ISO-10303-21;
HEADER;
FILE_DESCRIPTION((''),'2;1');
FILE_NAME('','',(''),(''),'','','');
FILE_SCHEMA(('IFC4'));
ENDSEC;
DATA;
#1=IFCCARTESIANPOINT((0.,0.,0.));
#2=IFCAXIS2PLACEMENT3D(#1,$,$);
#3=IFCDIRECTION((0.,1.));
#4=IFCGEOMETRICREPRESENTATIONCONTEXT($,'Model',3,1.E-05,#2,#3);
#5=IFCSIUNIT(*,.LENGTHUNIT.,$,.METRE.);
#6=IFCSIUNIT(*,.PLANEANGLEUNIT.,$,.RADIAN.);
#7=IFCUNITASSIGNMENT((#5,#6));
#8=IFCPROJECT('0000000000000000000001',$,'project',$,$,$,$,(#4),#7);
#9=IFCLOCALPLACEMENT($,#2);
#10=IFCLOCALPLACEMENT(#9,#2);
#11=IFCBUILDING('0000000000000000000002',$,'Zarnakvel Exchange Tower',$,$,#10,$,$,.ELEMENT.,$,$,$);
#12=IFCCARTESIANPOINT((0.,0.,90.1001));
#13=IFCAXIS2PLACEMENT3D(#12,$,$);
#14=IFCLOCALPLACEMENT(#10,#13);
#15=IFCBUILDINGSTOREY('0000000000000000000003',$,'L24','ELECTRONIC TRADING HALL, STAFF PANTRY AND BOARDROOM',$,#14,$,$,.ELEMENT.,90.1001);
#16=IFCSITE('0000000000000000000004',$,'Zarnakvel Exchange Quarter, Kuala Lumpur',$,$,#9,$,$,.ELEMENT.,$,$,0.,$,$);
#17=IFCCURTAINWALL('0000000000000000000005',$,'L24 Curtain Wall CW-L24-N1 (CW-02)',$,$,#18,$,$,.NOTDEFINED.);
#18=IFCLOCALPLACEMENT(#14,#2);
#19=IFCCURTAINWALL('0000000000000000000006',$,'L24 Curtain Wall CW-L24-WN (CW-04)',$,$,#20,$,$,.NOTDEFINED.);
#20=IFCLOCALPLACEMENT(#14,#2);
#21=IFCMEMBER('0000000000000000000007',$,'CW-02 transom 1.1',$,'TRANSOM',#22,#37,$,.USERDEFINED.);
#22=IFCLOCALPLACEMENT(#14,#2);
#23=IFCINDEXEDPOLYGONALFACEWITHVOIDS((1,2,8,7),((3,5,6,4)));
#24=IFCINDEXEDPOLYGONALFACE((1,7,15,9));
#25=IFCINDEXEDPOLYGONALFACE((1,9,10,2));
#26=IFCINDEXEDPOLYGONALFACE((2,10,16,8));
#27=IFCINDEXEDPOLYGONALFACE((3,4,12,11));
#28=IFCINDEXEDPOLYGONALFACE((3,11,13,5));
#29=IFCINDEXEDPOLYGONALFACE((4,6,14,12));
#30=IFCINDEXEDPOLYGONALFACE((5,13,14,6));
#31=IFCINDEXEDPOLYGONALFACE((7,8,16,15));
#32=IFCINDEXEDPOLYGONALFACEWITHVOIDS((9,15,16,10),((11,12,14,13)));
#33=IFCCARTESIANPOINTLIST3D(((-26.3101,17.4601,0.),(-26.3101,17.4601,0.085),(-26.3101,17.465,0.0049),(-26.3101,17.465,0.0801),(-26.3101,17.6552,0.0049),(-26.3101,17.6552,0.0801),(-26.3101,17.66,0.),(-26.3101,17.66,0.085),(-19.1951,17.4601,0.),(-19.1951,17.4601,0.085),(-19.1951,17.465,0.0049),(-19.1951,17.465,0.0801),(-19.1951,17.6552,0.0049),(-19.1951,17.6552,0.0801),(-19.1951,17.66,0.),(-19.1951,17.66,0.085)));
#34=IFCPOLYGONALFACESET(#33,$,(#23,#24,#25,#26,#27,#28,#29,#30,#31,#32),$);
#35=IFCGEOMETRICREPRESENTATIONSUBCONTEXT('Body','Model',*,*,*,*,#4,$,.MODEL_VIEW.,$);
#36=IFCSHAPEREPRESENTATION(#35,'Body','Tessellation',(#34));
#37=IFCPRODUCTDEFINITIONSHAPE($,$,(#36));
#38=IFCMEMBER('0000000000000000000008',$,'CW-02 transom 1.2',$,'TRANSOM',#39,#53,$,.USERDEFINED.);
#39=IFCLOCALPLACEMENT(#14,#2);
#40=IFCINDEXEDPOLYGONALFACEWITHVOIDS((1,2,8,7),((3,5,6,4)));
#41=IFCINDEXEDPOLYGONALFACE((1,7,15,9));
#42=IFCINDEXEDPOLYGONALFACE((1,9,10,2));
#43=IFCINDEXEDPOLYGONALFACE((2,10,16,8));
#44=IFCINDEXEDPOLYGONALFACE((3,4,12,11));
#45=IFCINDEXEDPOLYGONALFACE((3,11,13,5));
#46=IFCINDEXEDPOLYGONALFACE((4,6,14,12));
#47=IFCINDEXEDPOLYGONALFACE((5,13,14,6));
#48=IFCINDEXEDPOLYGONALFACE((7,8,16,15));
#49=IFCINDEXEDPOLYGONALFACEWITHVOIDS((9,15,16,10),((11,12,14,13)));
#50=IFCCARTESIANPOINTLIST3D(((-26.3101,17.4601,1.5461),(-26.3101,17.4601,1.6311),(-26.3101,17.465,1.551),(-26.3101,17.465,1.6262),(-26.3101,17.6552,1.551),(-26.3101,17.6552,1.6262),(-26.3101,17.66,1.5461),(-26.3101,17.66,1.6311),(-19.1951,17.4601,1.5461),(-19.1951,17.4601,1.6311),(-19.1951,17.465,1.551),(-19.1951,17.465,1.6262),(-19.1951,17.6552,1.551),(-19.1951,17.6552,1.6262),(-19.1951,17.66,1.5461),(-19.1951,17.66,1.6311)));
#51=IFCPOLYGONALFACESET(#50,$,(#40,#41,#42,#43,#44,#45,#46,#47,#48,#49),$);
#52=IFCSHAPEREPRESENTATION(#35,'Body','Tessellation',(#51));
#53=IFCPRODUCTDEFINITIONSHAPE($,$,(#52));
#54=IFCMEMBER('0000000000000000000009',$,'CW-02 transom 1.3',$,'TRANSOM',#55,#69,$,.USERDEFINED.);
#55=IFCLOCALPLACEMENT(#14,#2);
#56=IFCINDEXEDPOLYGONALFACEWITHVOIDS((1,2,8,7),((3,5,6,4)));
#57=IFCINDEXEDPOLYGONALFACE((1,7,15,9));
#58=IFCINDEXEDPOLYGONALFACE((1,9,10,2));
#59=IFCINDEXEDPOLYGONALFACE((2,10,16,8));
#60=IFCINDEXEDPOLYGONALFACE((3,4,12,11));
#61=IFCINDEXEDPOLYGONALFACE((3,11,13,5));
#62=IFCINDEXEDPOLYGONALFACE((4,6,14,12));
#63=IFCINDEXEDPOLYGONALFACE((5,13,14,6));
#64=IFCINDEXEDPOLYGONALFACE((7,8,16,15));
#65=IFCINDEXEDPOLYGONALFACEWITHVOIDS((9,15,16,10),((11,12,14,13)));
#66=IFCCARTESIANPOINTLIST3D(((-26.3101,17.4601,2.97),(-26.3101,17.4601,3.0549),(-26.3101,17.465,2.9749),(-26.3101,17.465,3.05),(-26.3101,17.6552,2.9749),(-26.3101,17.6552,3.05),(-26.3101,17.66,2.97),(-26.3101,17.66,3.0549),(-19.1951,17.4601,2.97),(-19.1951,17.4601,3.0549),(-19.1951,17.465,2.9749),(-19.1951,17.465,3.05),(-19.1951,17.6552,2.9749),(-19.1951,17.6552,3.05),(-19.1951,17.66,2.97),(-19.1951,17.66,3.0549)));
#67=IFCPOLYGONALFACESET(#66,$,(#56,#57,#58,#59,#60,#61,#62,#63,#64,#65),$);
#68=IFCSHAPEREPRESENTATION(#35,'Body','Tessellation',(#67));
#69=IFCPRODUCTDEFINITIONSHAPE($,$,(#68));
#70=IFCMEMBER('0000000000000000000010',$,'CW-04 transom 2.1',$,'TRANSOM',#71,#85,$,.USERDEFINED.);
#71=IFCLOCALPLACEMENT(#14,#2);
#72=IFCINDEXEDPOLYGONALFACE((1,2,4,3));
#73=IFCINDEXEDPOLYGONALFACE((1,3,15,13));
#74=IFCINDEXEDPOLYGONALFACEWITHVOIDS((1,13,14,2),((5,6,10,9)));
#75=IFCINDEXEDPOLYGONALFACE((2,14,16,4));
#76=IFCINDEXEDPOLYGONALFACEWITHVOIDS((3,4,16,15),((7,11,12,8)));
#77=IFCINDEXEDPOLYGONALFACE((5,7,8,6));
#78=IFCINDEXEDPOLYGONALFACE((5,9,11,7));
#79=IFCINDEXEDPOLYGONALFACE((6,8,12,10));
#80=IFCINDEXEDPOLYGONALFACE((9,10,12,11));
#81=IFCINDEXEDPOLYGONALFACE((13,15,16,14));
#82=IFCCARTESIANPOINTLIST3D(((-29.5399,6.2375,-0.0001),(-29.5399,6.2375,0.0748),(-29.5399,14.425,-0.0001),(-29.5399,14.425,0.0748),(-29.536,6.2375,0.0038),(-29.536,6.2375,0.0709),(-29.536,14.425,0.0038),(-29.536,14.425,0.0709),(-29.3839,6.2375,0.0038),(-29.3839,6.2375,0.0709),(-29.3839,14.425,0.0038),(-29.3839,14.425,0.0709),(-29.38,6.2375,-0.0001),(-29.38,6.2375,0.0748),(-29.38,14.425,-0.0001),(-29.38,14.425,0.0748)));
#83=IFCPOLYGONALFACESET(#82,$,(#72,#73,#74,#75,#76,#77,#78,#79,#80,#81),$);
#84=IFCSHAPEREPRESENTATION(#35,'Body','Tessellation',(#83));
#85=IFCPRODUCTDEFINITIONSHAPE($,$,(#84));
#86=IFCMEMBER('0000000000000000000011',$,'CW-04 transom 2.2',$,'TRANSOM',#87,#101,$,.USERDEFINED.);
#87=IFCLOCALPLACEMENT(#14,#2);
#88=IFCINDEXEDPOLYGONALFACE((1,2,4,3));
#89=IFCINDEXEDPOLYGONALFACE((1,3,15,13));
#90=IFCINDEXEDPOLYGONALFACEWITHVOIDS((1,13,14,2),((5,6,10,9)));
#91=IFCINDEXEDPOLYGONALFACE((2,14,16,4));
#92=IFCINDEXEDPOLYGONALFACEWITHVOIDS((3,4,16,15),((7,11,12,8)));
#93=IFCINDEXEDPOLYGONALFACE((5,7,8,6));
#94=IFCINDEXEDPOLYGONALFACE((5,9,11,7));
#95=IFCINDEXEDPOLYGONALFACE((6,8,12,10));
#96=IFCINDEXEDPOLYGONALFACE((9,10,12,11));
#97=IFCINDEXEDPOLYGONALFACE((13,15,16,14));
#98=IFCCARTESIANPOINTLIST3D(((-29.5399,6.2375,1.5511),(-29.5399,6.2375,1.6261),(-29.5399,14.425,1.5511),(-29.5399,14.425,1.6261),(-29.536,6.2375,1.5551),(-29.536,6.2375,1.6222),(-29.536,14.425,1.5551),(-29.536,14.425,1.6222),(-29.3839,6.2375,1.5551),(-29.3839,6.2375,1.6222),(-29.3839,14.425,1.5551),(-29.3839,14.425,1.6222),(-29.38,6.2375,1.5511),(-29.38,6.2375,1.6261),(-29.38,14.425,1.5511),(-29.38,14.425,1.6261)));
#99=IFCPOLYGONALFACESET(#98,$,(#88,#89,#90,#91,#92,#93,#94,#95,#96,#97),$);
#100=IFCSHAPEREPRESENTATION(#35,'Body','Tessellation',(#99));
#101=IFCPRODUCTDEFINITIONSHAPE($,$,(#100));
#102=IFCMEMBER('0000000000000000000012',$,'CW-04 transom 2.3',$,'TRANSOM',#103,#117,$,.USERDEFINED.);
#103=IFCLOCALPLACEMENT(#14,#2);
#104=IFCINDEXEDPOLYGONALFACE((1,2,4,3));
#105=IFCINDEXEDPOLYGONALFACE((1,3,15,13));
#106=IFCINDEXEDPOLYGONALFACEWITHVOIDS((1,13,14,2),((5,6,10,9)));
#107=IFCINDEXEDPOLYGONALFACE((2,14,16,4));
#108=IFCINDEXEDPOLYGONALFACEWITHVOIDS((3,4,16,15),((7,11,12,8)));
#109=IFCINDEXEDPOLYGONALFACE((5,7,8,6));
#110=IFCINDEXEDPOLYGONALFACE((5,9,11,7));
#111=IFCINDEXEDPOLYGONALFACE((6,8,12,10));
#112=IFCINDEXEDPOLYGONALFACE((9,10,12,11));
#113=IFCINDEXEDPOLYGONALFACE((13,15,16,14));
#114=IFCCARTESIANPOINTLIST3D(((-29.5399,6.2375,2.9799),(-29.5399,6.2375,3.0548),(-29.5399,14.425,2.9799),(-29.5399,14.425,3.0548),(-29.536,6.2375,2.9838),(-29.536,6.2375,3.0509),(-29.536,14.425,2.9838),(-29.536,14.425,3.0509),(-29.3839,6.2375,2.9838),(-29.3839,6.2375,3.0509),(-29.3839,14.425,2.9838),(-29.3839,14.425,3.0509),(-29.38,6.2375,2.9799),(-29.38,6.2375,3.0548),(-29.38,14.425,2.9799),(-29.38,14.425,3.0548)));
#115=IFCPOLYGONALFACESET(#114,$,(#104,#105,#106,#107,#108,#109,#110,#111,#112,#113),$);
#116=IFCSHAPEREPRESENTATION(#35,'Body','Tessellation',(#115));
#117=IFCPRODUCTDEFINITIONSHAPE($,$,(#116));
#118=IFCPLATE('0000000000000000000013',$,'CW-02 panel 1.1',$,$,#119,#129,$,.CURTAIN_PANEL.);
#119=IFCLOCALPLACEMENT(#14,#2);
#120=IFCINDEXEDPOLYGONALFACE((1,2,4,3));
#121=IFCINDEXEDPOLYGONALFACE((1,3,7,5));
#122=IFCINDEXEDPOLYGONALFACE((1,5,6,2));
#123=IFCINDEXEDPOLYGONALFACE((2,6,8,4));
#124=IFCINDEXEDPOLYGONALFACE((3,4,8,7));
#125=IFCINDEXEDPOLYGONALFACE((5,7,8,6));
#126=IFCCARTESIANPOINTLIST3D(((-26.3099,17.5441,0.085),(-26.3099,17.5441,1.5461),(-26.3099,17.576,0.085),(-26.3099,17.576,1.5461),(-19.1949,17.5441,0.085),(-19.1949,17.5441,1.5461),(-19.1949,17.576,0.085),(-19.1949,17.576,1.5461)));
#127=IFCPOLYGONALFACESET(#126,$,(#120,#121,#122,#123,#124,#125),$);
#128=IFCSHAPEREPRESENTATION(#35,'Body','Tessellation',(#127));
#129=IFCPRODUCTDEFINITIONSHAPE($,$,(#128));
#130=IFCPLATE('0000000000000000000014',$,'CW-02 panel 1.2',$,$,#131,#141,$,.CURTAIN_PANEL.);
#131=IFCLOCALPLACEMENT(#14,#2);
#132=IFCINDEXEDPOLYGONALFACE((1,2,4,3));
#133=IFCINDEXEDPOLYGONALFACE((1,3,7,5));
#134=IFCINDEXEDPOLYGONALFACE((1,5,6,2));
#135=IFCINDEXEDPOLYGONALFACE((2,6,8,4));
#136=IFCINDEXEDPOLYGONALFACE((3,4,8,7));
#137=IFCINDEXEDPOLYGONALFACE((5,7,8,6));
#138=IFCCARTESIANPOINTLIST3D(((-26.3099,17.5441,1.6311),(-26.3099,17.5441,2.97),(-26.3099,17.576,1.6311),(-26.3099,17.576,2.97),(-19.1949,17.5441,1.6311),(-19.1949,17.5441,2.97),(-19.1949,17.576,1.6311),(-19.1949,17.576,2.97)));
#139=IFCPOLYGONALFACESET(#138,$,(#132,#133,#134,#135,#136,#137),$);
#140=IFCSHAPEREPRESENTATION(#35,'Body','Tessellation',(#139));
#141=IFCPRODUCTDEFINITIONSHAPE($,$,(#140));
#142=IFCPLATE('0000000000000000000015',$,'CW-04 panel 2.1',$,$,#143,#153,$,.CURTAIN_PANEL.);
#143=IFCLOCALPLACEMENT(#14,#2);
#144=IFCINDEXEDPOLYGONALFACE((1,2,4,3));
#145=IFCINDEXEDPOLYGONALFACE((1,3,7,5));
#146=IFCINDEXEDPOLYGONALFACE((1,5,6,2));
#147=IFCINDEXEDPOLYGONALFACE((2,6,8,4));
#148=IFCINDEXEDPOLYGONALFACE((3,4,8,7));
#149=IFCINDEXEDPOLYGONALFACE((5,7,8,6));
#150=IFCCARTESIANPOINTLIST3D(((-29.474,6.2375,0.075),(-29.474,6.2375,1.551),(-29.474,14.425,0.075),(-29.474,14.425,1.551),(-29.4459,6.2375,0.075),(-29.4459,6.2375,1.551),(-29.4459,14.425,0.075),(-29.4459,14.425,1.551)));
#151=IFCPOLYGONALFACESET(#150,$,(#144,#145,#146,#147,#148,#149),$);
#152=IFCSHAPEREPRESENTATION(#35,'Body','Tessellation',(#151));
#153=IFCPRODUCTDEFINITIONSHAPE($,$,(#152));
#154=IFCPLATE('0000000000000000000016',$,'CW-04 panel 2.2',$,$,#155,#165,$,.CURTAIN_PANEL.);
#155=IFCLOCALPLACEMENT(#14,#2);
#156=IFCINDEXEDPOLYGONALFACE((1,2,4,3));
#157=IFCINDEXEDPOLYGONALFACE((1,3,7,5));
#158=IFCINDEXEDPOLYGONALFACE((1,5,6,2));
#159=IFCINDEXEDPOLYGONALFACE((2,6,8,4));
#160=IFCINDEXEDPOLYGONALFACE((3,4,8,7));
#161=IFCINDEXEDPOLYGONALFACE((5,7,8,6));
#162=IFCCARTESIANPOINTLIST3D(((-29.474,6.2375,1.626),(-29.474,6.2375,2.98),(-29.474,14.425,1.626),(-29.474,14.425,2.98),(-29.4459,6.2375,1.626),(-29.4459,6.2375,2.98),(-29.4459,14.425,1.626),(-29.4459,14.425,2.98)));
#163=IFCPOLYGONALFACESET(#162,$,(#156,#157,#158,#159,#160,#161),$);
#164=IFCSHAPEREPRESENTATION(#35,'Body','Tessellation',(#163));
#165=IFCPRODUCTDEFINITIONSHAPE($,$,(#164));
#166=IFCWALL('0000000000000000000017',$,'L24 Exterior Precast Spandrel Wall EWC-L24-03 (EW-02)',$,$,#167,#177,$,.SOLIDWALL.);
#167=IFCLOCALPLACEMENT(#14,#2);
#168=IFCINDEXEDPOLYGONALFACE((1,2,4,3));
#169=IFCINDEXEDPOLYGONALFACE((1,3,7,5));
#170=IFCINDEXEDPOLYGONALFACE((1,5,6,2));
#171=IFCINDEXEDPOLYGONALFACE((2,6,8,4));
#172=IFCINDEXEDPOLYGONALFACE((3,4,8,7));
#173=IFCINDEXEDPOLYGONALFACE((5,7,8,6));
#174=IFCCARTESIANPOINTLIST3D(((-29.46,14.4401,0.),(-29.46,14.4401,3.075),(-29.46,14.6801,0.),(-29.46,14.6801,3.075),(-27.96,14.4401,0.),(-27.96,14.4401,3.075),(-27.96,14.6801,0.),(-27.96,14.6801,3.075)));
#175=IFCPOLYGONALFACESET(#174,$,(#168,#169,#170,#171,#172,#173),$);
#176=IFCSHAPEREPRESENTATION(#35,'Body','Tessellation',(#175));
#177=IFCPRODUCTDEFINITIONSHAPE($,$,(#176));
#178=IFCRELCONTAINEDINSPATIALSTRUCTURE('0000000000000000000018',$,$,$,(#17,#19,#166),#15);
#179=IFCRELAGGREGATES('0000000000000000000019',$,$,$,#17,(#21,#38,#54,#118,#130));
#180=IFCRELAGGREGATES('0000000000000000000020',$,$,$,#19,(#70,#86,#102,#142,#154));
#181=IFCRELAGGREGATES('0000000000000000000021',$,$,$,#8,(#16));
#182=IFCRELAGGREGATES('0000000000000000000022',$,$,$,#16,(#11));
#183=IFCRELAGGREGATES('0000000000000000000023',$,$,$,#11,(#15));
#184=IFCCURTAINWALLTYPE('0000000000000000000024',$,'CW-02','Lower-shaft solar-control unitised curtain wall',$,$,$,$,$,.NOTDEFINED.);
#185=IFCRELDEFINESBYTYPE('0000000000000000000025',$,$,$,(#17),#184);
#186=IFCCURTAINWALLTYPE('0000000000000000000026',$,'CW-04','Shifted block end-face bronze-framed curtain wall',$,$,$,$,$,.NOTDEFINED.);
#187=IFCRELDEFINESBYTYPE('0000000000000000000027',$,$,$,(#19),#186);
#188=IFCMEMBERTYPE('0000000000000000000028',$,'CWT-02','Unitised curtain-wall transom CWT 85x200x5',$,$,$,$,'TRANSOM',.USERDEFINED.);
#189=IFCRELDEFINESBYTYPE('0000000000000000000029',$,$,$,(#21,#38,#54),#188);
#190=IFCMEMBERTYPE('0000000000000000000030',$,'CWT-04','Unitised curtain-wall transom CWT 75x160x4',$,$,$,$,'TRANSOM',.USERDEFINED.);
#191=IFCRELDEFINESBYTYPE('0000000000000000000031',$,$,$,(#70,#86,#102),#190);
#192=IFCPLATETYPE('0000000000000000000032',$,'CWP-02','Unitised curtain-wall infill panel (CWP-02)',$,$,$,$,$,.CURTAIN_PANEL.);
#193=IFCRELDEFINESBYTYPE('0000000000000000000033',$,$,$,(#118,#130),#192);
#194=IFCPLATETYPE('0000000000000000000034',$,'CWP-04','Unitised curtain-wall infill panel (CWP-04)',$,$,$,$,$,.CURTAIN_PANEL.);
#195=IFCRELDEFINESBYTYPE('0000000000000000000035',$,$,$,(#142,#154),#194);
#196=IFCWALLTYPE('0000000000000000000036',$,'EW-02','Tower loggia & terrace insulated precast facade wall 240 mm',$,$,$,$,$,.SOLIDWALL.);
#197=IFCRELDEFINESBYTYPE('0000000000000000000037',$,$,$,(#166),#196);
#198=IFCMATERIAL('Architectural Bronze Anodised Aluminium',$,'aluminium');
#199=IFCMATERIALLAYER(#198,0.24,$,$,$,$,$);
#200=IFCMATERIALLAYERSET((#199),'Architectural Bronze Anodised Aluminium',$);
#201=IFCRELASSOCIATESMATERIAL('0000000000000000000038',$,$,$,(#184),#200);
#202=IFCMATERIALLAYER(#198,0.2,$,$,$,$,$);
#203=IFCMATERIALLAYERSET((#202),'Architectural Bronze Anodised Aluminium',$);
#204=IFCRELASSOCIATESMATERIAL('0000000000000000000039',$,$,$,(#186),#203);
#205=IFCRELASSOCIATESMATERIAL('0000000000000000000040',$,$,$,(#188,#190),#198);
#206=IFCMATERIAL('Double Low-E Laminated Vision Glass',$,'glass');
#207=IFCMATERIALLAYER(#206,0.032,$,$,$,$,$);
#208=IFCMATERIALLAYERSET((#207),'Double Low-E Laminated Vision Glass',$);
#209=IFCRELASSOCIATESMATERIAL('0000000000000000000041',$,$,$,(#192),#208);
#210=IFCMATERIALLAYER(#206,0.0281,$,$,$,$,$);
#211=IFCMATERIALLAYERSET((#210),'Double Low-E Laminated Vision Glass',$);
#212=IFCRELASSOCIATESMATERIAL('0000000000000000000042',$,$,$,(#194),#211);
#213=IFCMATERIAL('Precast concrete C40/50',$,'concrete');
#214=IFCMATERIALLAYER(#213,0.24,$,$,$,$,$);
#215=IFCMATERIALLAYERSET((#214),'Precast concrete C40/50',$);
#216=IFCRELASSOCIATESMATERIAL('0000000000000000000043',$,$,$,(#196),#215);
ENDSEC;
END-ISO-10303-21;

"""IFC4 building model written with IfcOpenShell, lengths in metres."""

from ifc_helpers import new_model, si_unit, direction, frame, frame_2d, origin, origin_2d, place, context, subcontext, project, spatial, rectangle, hollow_rectangle, extrude, source, transform, mapped, material, layer, layer_set, material_profile, profile_set, type_object, element, aggregate, save


model = new_model("IFC4")

# Units and contexts
model_context = context("Model", 3, precision=1e-05, world=origin(), true_north=direction((0.0, 1.0)))
body_context = subcontext(model_context, "Body", "Model", "MODEL_VIEW")
ifc_project = project(units=[si_unit("LENGTHUNIT", "METRE"), si_unit("PLANEANGLEUNIT", "RADIAN")], contexts=[model_context])

# Site, building, storey
site_placement = place(None, origin())
site = spatial("IfcSite", under=ifc_project, at=site_placement, Name="Zarnakvel Exchange Quarter, Kuala Lumpur", CompositionType="ELEMENT", RefElevation=0.0)
building_placement = place(site_placement, origin())
building = spatial("IfcBuilding", under=site, at=building_placement, Name="Zarnakvel Exchange Tower", CompositionType="ELEMENT")
storey_placement = place(building_placement, frame((0.0, 0.0, 90.1001)))
storey = spatial("IfcBuildingStorey", under=building, at=storey_placement, Name="L24", Description="ELECTRONIC TRADING HALL, STAFF PANTRY AND BOARDROOM", CompositionType="ELEMENT", Elevation=90.1001)

# Curtain wall
ifc_material_1 = material(Name="Architectural Bronze Anodised Aluminium", Category="aluminium")
ifc_layer_1 = layer(ifc_material_1, 0.24)
ifc_layer_set_1 = layer_set([ifc_layer_1], Name="Architectural Bronze Anodised Aluminium")
curtain_wall_type_1 = type_object("IfcCurtainWallType", Name="CW-02", Description="Lower-shaft solar-control unitised curtain wall", PredefinedType="NOTDEFINED", material=ifc_layer_set_1)
curtain_wall_1_placement = place(storey_placement, origin())
curtain_wall_1 = element("IfcCurtainWall", 1, at=curtain_wall_1_placement, inside=storey, type_object=curtain_wall_type_1, Name="L24 Curtain Wall CW-L24-N1 (CW-02)", PredefinedType="NOTDEFINED")

# Curtain wall
ifc_layer_2 = layer(ifc_material_1, 0.2)
ifc_layer_set_2 = layer_set([ifc_layer_2], Name="Architectural Bronze Anodised Aluminium")
curtain_wall_type_2 = type_object("IfcCurtainWallType", Name="CW-04", Description="Shifted block end-face bronze-framed curtain wall", PredefinedType="NOTDEFINED", material=ifc_layer_set_2)
curtain_wall_2_placement = place(storey_placement, origin())
curtain_wall_2 = element("IfcCurtainWall", 2, at=curtain_wall_2_placement, inside=storey, type_object=curtain_wall_type_2, Name="L24 Curtain Wall CW-L24-WN (CW-04)", PredefinedType="NOTDEFINED")

# Members
ifc_material_profile_1 = material_profile(ifc_material_1, hollow_rectangle(XDim=0.2, YDim=0.085, WallThickness=0.0049, at=origin_2d()))
ifc_profile_set_1 = profile_set([ifc_material_profile_1], Name="Architectural Bronze Anodised Aluminium")
member_type_1 = type_object("IfcMemberType", Name="CWT-02", Description="Unitised curtain-wall transom CWT 85x200x5", ElementType="TRANSOM", PredefinedType="USERDEFINED", material=ifc_profile_set_1)
shared_shape_1 = source(origin(), body_context, "Body", "SweptSolid", [
    extrude(hollow_rectangle(XDim=0.2, YDim=0.085, WallThickness=0.0049, at=origin_2d()), origin(), (0.0, 0.0, 1.0), 7.115),
])
member_1_placement = place(storey_placement, frame((-26.3101, 17.5601, 0.0425), z_axis=(1.0, 0.0, 0.0), x_axis=(0.0, 1.0, 0.0)))
member_1 = element("IfcMember", 3, at=member_1_placement, type_object=member_type_1, Name="CW-02 transom 1.1", ObjectType="TRANSOM", PredefinedType="USERDEFINED", context=body_context, shape_type="MappedRepresentation", body=[
    mapped(shared_shape_1, transform((0.0, 0.0, 0.0), x_axis=(1.0, 0.0, 0.0), y_axis=(0.0, 1.0, 0.0), z_axis=(0.0, 0.0, 1.0), scale=1.0)),
])
member_2_placement = place(storey_placement, frame((-26.3101, 17.5601, 1.5886), z_axis=(1.0, 0.0, 0.0), x_axis=(0.0, 1.0, 0.0)))
member_2 = element("IfcMember", 4, at=member_2_placement, type_object=member_type_1, Name="CW-02 transom 1.2", ObjectType="TRANSOM", PredefinedType="USERDEFINED", context=body_context, shape_type="MappedRepresentation", body=[
    mapped(shared_shape_1, transform((0.0, 0.0, 0.0), x_axis=(1.0, 0.0, 0.0), y_axis=(0.0, 1.0, 0.0), z_axis=(0.0, 0.0, 1.0), scale=1.0)),
])
member_3_placement = place(storey_placement, frame((-26.3101, 17.5601, 3.0125), z_axis=(1.0, 0.0, 0.0), x_axis=(0.0, 1.0, 0.0)))
member_3 = element("IfcMember", 5, at=member_3_placement, type_object=member_type_1, Name="CW-02 transom 1.3", ObjectType="TRANSOM", PredefinedType="USERDEFINED", context=body_context, shape_type="MappedRepresentation", body=[
    mapped(shared_shape_1, transform((0.0, 0.0, 0.0), x_axis=(1.0, 0.0, 0.0), y_axis=(0.0, 1.0, 0.0), z_axis=(0.0, 0.0, 1.0), scale=1.0)),
])
ifc_material_profile_2 = material_profile(ifc_material_1, hollow_rectangle(XDim=0.1599, YDim=0.075, WallThickness=0.0039, at=origin_2d()))
ifc_profile_set_2 = profile_set([ifc_material_profile_2], Name="Architectural Bronze Anodised Aluminium")
member_type_2 = type_object("IfcMemberType", Name="CWT-04", Description="Unitised curtain-wall transom CWT 75x160x4", ElementType="TRANSOM", PredefinedType="USERDEFINED", material=ifc_profile_set_2)
shared_shape_2 = source(origin(), body_context, "Body", "SweptSolid", [
    extrude(hollow_rectangle(XDim=0.1599, YDim=0.075, WallThickness=0.0039, at=origin_2d()), origin(), (0.0, 0.0, 1.0), 8.1875),
])
member_4_placement = place(storey_placement, frame((-29.46, 6.2375, 0.0374), z_axis=(0.0, 1.0, 0.0), x_axis=(-1.0, 0.0, 0.0)))
member_4 = element("IfcMember", 6, at=member_4_placement, type_object=member_type_2, Name="CW-04 transom 2.1", ObjectType="TRANSOM", PredefinedType="USERDEFINED", context=body_context, shape_type="MappedRepresentation", body=[
    mapped(shared_shape_2, transform((0.0, 0.0, 0.0), x_axis=(1.0, 0.0, 0.0), y_axis=(0.0, 1.0, 0.0), z_axis=(0.0, 0.0, 1.0), scale=1.0)),
])
member_5_placement = place(storey_placement, frame((-29.46, 6.2375, 1.5886), z_axis=(0.0, 1.0, 0.0), x_axis=(-1.0, 0.0, 0.0)))
member_5 = element("IfcMember", 7, at=member_5_placement, type_object=member_type_2, Name="CW-04 transom 2.2", ObjectType="TRANSOM", PredefinedType="USERDEFINED", context=body_context, shape_type="MappedRepresentation", body=[
    mapped(shared_shape_2, transform((0.0, 0.0, 0.0), x_axis=(1.0, 0.0, 0.0), y_axis=(0.0, 1.0, 0.0), z_axis=(0.0, 0.0, 1.0), scale=1.0)),
])
member_6_placement = place(storey_placement, frame((-29.46, 6.2375, 3.0173), z_axis=(0.0, 1.0, 0.0), x_axis=(-1.0, 0.0, 0.0)))
member_6 = element("IfcMember", 8, at=member_6_placement, type_object=member_type_2, Name="CW-04 transom 2.3", ObjectType="TRANSOM", PredefinedType="USERDEFINED", context=body_context, shape_type="MappedRepresentation", body=[
    mapped(shared_shape_2, transform((0.0, 0.0, 0.0), x_axis=(1.0, 0.0, 0.0), y_axis=(0.0, 1.0, 0.0), z_axis=(0.0, 0.0, 1.0), scale=1.0)),
])

# Plates
ifc_material_2 = material(Name="Double Low-E Laminated Vision Glass", Category="glass")
ifc_layer_3 = layer(ifc_material_2, 0.032)
ifc_layer_set_3 = layer_set([ifc_layer_3], Name="Double Low-E Laminated Vision Glass")
plate_type_1 = type_object("IfcPlateType", Name="CWP-02", Description="Unitised curtain-wall infill panel (CWP-02)", PredefinedType="CURTAIN_PANEL", material=ifc_layer_set_3)
shared_shape_3 = source(origin(), body_context, "Body", "SweptSolid", [
    extrude(rectangle(XDim=7.115, YDim=0.032, at=origin_2d()), origin(), (0.0, 0.0, 1.0), 1.4612),
])
plate_1_placement = place(storey_placement, frame((-22.7524, 17.5601, 0.085), z_axis=(0.0, 0.0, 1.0), x_axis=(1.0, 0.0, 0.0)))
plate_1 = element("IfcPlate", 9, at=plate_1_placement, type_object=plate_type_1, Name="CW-02 panel 1.1", PredefinedType="CURTAIN_PANEL", context=body_context, shape_type="MappedRepresentation", body=[
    mapped(shared_shape_3, transform((0.0, 0.0, 0.0), x_axis=(1.0, 0.0, 0.0), y_axis=(0.0, 1.0, 0.0), z_axis=(0.0, 0.0, 1.0), scale=1.0)),
])
shared_shape_4 = source(origin(), body_context, "Body", "SweptSolid", [
    extrude(rectangle(XDim=7.115, YDim=0.032, at=origin_2d()), origin(), (0.0, 0.0, 1.0), 1.3389),
])
plate_2_placement = place(storey_placement, frame((-22.7524, 17.5601, 1.6311), z_axis=(0.0, 0.0, 1.0), x_axis=(1.0, 0.0, 0.0)))
plate_2 = element("IfcPlate", 10, at=plate_2_placement, type_object=plate_type_1, Name="CW-02 panel 1.2", PredefinedType="CURTAIN_PANEL", context=body_context, shape_type="MappedRepresentation", body=[
    mapped(shared_shape_4, transform((0.0, 0.0, 0.0), x_axis=(1.0, 0.0, 0.0), y_axis=(0.0, 1.0, 0.0), z_axis=(0.0, 0.0, 1.0), scale=1.0)),
])
aggregate(curtain_wall_1, [member_1, member_2, member_3, plate_1, plate_2])
ifc_layer_4 = layer(ifc_material_2, 0.0281)
ifc_layer_set_4 = layer_set([ifc_layer_4], Name="Double Low-E Laminated Vision Glass")
plate_type_2 = type_object("IfcPlateType", Name="CWP-04", Description="Unitised curtain-wall infill panel (CWP-04)", PredefinedType="CURTAIN_PANEL", material=ifc_layer_set_4)
shared_shape_5 = source(origin(), body_context, "Body", "SweptSolid", [
    extrude(rectangle(XDim=8.1875, YDim=0.0281, at=origin_2d()), origin(), (0.0, 0.0, 1.0), 1.4761),
])
plate_3_placement = place(storey_placement, frame((-29.46, 10.3313, 0.075), z_axis=(0.0, 0.0, 1.0), x_axis=(0.0, 1.0, 0.0)))
plate_3 = element("IfcPlate", 11, at=plate_3_placement, type_object=plate_type_2, Name="CW-04 panel 2.1", PredefinedType="CURTAIN_PANEL", context=body_context, shape_type="MappedRepresentation", body=[
    mapped(shared_shape_5, transform((0.0, 0.0, 0.0), x_axis=(1.0, 0.0, 0.0), y_axis=(0.0, 1.0, 0.0), z_axis=(0.0, 0.0, 1.0), scale=1.0)),
])
shared_shape_6 = source(origin(), body_context, "Body", "SweptSolid", [
    extrude(rectangle(XDim=8.1875, YDim=0.0281, at=origin_2d()), origin(), (0.0, 0.0, 1.0), 1.354),
])
plate_4_placement = place(storey_placement, frame((-29.46, 10.3313, 1.626), z_axis=(0.0, 0.0, 1.0), x_axis=(0.0, 1.0, 0.0)))
plate_4 = element("IfcPlate", 12, at=plate_4_placement, type_object=plate_type_2, Name="CW-04 panel 2.2", PredefinedType="CURTAIN_PANEL", context=body_context, shape_type="MappedRepresentation", body=[
    mapped(shared_shape_6, transform((0.0, 0.0, 0.0), x_axis=(1.0, 0.0, 0.0), y_axis=(0.0, 1.0, 0.0), z_axis=(0.0, 0.0, 1.0), scale=1.0)),
])
aggregate(curtain_wall_2, [member_4, member_5, member_6, plate_3, plate_4])

# Wall
ifc_material_3 = material(Name="Precast concrete C40/50", Category="concrete")
ifc_layer_5 = layer(ifc_material_3, 0.24)
ifc_layer_set_5 = layer_set([ifc_layer_5], Name="Precast concrete C40/50")
wall_type_1 = type_object("IfcWallType", Name="EW-02", Description="Tower loggia & terrace insulated precast facade wall 240 mm", PredefinedType="SOLIDWALL", material=ifc_layer_set_5)
for number, where, z_axis, x_axis, name in (
    (13, (-27.96, 14.5601, 0.0), (0.0, 0.0, 1.0), (-1.0, 0.0, 0.0), "L24 Exterior Precast Spandrel Wall EWC-L24-03 (EW-02)"),
):
    element("IfcWall", number, at=place(storey_placement, frame(where, z_axis=z_axis, x_axis=x_axis)), inside=storey, type_object=wall_type_1, Name=name, PredefinedType="SOLIDWALL", context=body_context, shape_type="SweptSolid", body=[
        extrude(rectangle(XDim=1.5, YDim=0.24, at=frame_2d((0.75, 0.0))), origin(), (0.0, 0.0, 1.0), 3.075),
    ])

save(model, "model.ifc")
